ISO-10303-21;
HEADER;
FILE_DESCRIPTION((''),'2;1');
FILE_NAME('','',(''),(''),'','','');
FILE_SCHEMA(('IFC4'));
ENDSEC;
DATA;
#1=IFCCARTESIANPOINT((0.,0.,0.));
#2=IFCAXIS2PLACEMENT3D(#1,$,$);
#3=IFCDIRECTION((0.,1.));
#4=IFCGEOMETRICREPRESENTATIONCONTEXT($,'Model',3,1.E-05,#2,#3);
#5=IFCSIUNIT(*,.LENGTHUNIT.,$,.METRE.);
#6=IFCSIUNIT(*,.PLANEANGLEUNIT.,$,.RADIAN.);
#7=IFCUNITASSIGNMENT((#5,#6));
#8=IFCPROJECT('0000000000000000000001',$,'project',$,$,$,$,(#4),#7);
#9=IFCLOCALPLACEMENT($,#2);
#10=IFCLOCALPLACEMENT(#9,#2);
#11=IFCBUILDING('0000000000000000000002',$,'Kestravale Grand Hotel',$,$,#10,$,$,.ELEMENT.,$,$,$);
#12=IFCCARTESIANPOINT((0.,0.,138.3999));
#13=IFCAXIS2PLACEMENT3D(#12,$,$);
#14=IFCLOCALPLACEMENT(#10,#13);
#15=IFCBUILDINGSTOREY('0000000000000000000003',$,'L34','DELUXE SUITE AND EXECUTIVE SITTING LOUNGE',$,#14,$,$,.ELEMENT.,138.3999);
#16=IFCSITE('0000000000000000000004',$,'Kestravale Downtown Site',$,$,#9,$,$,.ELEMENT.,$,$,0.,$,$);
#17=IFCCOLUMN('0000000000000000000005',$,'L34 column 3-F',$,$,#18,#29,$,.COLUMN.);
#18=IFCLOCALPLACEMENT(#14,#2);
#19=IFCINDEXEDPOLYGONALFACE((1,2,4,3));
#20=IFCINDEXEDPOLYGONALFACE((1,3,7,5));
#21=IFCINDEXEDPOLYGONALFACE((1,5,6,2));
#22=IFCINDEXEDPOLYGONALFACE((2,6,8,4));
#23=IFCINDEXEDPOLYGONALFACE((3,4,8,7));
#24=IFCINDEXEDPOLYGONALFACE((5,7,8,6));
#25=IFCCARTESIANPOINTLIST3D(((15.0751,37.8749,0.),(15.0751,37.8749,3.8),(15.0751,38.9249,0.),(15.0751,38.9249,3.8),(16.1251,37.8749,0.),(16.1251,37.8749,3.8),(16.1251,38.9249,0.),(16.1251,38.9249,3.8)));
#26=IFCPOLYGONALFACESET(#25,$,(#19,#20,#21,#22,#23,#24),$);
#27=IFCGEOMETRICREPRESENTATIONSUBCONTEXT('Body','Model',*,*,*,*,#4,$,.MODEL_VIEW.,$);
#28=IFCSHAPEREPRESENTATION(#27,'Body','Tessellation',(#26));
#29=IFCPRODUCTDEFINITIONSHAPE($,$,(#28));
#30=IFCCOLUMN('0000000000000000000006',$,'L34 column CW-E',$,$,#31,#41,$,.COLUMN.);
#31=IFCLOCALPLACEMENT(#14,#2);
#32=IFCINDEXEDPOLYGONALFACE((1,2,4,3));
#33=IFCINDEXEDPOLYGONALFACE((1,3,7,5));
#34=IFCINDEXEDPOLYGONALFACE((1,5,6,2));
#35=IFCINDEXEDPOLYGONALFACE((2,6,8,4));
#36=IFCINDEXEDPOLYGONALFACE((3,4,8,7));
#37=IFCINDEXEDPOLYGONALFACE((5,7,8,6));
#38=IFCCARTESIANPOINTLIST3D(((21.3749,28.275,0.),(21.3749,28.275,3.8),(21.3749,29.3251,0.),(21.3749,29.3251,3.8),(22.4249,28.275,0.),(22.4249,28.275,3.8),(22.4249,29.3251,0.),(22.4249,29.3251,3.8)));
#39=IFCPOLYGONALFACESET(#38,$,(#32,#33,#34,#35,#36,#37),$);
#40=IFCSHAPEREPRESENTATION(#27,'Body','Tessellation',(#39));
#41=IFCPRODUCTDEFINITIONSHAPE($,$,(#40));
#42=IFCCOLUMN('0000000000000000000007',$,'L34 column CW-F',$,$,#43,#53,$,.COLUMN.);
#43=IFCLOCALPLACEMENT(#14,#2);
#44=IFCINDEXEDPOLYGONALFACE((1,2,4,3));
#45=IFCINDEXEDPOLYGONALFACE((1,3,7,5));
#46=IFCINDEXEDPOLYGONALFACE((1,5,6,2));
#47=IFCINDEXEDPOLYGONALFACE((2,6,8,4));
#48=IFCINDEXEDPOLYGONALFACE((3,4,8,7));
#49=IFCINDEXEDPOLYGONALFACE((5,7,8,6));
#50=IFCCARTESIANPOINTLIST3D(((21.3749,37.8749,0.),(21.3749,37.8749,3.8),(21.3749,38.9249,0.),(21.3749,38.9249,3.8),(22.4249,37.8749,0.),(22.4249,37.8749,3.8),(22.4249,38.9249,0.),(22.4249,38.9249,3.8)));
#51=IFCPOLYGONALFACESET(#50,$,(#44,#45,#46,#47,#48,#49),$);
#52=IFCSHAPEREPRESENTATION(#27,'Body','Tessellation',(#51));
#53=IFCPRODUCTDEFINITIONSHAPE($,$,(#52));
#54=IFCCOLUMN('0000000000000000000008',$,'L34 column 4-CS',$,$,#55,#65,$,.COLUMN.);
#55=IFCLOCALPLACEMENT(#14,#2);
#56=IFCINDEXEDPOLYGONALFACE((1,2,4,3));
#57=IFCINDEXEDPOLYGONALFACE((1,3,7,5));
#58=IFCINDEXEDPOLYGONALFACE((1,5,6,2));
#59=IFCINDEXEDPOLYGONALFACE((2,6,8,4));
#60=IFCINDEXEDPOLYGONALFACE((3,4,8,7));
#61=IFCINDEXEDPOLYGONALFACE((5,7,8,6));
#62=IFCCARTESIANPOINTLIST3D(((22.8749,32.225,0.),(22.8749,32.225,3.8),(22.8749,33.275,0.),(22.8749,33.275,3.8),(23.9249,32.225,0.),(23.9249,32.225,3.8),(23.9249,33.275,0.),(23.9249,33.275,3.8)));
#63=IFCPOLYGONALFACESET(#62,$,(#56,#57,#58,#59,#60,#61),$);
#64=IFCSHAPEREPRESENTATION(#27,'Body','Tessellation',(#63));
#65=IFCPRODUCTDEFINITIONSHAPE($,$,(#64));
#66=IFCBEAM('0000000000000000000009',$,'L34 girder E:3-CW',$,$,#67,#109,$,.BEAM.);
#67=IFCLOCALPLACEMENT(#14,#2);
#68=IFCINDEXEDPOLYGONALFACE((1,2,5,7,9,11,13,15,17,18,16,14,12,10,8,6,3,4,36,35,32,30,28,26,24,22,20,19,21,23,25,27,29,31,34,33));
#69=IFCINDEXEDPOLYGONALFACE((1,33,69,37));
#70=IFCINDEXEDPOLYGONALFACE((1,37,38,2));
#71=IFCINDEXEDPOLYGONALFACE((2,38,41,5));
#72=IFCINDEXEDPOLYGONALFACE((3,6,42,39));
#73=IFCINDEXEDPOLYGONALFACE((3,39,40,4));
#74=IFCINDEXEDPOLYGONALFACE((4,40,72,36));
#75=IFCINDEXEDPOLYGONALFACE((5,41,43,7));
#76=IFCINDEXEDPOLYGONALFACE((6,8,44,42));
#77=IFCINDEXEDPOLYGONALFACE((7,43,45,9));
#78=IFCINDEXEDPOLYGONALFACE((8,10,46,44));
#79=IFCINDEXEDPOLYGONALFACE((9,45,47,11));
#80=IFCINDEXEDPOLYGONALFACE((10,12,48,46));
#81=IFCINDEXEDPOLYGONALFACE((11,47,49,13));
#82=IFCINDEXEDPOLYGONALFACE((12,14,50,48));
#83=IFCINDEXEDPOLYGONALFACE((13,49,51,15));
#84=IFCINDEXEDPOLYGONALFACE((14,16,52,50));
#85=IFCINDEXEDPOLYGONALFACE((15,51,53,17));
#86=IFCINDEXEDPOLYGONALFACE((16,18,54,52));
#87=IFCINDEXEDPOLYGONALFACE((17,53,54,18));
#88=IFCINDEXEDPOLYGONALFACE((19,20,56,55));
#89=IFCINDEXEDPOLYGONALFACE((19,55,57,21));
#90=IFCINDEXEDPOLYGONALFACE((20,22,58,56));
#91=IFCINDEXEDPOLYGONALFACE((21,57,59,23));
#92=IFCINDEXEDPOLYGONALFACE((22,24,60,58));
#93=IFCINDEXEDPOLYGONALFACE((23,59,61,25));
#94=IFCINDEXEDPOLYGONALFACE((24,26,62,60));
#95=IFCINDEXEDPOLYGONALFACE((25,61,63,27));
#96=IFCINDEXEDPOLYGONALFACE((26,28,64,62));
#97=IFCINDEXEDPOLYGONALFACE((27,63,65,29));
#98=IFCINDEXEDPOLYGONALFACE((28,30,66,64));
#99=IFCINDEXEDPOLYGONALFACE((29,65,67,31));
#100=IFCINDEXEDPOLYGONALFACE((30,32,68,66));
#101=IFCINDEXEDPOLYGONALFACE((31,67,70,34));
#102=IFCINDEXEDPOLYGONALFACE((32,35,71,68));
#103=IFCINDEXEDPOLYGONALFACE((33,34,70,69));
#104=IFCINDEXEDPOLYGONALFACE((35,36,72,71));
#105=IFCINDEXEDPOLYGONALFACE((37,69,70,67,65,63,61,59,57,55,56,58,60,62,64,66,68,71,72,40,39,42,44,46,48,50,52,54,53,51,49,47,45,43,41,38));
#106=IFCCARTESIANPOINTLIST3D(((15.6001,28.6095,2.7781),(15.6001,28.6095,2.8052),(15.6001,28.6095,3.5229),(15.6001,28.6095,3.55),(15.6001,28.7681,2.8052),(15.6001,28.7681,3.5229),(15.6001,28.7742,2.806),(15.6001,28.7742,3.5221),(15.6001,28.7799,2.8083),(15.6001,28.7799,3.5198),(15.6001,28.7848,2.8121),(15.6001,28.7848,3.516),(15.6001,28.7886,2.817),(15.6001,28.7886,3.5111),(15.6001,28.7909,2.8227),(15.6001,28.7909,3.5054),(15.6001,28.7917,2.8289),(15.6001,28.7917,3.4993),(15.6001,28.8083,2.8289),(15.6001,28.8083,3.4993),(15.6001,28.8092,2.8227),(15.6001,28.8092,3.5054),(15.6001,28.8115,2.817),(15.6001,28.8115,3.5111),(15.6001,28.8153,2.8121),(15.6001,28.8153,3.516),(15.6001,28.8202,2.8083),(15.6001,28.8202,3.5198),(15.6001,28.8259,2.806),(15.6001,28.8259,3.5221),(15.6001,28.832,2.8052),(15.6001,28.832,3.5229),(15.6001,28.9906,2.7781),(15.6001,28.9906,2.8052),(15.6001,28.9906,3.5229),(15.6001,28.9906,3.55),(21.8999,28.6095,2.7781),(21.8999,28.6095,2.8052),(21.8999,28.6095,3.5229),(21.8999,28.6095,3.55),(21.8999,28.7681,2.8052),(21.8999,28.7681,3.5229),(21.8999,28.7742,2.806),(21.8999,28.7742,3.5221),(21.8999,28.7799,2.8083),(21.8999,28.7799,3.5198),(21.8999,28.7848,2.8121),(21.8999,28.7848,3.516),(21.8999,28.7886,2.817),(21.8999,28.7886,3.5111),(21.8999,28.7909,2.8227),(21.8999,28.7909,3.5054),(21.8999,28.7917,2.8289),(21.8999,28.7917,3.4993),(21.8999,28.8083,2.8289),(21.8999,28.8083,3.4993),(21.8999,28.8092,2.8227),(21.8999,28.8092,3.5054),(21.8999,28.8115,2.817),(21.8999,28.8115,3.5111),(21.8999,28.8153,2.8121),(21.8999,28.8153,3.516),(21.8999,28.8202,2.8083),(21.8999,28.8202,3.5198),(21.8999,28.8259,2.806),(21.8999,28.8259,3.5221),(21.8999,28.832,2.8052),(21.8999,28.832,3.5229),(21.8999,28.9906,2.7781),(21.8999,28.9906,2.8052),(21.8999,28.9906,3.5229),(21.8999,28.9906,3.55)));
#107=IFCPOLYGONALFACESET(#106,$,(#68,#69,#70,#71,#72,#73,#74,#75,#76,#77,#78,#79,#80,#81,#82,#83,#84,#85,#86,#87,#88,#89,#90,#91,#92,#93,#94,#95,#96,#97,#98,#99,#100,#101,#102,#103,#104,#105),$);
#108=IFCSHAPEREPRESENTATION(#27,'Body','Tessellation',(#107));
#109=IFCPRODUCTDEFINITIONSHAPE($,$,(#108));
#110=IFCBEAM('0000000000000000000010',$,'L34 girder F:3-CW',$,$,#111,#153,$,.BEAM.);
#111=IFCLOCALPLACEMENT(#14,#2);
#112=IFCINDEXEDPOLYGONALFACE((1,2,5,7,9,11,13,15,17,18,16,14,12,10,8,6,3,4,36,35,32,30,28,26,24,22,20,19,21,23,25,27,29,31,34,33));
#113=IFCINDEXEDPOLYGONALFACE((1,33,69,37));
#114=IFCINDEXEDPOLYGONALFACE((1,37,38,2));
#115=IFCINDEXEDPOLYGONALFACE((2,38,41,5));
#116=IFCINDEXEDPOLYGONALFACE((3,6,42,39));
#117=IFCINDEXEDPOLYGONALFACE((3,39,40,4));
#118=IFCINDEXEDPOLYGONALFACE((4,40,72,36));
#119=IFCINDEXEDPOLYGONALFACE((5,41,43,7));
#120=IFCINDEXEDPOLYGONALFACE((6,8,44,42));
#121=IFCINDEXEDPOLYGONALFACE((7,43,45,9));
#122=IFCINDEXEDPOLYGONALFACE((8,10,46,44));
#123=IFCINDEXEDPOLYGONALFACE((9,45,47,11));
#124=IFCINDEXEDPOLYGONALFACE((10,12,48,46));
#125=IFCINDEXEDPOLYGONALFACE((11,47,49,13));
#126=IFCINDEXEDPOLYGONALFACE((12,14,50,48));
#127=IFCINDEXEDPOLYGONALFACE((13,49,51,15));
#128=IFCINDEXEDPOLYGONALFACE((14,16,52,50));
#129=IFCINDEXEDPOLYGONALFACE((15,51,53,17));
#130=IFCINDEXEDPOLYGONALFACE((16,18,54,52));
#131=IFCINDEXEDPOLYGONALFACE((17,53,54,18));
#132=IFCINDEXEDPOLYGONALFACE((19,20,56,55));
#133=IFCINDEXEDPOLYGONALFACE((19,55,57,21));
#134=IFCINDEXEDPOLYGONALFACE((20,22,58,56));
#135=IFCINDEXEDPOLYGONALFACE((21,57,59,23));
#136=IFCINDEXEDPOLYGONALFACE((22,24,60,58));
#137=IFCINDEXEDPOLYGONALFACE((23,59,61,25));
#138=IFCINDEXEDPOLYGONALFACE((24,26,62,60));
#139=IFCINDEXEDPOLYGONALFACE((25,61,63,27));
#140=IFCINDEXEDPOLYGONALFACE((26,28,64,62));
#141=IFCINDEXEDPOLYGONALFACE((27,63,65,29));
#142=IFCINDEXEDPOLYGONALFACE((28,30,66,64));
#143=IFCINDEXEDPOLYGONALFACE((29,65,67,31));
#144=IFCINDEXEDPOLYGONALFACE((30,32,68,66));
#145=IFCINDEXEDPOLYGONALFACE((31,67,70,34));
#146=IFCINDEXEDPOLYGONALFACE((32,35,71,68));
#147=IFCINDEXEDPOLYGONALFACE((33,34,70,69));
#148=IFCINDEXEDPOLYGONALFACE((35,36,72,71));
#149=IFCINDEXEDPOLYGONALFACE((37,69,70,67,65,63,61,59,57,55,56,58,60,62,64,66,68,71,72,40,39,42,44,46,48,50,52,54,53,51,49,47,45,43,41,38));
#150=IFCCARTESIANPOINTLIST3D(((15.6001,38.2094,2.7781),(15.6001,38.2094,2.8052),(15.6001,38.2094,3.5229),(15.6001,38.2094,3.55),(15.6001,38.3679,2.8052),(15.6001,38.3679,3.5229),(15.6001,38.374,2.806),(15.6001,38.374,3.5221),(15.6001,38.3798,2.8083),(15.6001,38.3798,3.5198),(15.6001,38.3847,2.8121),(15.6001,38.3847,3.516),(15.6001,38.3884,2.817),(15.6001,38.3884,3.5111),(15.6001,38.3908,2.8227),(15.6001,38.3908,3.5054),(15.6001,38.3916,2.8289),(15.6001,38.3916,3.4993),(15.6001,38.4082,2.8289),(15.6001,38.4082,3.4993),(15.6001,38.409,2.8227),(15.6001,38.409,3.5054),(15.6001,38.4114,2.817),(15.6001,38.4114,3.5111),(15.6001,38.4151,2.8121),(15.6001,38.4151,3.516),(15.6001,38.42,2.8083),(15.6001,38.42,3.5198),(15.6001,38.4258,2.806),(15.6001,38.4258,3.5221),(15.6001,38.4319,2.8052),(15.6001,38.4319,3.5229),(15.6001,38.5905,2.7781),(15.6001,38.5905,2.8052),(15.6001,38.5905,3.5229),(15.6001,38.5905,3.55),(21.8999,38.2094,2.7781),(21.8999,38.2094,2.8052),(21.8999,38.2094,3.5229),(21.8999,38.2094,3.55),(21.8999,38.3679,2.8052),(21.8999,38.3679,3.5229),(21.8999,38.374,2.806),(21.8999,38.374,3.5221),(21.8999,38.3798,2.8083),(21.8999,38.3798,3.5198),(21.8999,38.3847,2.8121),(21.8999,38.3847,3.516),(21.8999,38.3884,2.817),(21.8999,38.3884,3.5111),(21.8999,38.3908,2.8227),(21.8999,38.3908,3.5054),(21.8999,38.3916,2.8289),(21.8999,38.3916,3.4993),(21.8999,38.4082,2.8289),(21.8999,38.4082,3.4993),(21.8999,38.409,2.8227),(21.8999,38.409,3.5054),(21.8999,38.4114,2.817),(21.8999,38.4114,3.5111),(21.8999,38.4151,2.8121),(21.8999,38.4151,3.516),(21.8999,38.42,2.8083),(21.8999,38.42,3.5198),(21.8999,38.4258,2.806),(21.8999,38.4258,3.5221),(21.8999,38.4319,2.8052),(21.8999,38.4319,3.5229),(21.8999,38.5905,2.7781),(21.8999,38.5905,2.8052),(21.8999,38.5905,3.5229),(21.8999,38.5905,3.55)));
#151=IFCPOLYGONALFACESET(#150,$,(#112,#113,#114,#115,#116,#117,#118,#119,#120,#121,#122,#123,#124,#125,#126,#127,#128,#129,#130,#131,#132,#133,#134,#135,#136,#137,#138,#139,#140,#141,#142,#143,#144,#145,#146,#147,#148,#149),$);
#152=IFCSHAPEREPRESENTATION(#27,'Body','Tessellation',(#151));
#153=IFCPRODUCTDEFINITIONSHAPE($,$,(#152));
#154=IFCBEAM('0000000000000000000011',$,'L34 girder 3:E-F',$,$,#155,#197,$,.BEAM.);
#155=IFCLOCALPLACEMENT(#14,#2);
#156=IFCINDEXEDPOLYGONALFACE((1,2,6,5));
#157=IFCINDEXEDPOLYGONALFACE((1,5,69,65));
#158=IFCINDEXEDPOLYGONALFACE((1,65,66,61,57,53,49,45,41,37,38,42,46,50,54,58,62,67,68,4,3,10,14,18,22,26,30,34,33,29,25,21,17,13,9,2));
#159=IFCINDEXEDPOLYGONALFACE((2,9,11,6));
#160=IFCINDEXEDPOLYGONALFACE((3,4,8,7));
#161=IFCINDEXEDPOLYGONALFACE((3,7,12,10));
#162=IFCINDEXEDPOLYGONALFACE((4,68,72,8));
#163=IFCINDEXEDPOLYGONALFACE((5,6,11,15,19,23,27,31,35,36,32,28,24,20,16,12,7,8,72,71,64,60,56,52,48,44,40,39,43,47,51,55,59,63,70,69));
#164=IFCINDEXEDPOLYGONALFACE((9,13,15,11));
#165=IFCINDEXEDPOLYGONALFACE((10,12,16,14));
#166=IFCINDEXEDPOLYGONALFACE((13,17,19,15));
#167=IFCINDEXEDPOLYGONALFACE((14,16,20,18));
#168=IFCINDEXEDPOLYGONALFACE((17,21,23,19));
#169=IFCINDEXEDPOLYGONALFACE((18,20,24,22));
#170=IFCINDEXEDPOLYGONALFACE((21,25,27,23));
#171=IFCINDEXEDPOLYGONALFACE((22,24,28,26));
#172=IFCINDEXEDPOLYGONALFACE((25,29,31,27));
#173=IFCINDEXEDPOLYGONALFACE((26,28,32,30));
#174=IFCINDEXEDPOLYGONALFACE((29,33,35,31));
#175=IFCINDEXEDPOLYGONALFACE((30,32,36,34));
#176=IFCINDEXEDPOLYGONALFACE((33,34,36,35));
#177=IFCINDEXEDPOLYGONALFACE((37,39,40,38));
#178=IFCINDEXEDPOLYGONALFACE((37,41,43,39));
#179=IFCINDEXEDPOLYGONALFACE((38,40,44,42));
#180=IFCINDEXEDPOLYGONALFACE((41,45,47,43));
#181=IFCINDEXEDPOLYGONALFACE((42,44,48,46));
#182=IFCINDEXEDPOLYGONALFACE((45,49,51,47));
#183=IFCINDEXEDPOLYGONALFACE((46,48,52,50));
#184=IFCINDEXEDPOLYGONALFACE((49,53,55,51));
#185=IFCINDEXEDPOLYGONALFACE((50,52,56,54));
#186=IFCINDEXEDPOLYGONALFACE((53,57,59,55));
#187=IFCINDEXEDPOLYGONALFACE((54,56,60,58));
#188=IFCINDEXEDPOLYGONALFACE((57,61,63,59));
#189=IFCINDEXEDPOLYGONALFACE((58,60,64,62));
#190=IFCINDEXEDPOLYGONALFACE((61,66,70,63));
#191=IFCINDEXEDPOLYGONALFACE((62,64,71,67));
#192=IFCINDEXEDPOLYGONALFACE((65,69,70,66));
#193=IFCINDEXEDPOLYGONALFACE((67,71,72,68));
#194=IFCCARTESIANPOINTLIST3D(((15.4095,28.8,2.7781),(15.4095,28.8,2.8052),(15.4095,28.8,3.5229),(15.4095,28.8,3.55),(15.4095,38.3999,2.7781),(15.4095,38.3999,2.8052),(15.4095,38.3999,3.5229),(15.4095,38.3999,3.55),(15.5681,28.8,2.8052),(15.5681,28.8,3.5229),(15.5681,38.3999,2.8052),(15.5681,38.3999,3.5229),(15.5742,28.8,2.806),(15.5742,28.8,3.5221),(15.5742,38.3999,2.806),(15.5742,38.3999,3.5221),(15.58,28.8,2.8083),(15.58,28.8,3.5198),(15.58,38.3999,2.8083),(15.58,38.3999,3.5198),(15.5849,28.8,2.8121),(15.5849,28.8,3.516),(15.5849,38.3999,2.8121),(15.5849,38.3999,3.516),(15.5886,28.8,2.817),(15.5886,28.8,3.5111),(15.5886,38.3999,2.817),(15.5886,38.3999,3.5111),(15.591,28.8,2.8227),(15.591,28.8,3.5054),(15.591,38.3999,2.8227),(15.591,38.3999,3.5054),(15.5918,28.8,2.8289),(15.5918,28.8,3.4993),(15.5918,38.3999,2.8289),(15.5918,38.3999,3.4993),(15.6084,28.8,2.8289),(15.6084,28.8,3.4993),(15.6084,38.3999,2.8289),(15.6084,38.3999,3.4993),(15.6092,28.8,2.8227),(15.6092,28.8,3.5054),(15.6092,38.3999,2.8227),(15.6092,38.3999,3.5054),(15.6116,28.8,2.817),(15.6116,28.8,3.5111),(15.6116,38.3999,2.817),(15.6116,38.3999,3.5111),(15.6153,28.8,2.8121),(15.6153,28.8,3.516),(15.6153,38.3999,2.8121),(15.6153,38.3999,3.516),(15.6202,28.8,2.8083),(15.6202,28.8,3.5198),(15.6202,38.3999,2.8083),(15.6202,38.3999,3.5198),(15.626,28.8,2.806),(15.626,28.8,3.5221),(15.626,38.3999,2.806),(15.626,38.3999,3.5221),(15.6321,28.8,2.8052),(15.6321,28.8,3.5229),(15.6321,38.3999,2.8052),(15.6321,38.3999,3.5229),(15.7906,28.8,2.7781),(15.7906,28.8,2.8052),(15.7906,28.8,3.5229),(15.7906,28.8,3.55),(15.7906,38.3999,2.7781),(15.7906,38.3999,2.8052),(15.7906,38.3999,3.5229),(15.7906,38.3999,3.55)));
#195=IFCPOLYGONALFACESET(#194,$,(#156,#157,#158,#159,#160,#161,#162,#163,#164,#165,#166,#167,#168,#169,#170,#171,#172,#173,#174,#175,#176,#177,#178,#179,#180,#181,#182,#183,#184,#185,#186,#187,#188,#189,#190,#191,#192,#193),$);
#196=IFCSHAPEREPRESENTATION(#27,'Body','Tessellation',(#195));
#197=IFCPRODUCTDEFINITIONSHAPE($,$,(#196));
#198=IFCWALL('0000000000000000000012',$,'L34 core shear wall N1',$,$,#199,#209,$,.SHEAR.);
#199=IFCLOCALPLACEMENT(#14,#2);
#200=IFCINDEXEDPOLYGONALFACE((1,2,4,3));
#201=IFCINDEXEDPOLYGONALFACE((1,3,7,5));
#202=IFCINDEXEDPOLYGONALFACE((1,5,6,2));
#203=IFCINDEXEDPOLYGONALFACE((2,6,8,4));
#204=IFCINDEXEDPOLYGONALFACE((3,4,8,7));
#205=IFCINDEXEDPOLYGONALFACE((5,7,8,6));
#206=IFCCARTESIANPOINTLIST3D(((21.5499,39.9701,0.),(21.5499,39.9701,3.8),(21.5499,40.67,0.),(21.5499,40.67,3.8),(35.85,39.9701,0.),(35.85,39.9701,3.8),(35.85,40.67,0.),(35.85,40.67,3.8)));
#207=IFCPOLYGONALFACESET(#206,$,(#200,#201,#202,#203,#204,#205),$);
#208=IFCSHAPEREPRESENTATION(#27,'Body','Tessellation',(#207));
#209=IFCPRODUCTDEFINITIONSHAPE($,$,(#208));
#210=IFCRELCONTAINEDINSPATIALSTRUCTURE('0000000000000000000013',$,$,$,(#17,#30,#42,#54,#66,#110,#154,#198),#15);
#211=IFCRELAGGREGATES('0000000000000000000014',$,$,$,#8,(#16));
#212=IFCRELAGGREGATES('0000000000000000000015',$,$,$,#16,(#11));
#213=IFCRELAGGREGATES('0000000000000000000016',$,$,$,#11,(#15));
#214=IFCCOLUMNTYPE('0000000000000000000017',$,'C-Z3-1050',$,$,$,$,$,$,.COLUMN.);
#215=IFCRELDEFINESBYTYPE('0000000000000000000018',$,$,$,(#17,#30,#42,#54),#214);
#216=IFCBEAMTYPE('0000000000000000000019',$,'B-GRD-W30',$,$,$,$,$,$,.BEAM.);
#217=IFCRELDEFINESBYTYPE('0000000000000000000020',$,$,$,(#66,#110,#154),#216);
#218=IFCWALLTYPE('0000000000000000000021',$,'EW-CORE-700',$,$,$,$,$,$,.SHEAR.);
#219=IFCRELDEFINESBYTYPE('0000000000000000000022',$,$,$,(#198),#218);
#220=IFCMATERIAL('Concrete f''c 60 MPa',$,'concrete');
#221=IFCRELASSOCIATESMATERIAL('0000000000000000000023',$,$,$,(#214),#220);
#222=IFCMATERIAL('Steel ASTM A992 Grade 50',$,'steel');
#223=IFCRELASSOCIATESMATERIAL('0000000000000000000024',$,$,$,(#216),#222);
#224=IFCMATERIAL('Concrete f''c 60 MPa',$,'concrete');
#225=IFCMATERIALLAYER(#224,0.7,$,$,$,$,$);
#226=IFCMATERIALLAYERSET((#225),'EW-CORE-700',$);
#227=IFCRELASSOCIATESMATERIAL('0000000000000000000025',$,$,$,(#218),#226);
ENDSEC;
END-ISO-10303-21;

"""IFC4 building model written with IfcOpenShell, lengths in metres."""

from ifc_helpers import new_model, si_unit, direction, frame, frame_2d, origin, origin_2d, place, context, subcontext, project, spatial, rectangle, i_section, extrude, material, layer, layer_set, material_profile, profile_set, type_object, element, save


model = new_model("IFC4")

# Units and contexts
model_context = context("Model", 3, precision=1e-05, world=origin(), true_north=direction((0.0, 1.0)))
body_context = subcontext(model_context, "Body", "Model", "MODEL_VIEW")
ifc_project = project(units=[si_unit("LENGTHUNIT", "METRE"), si_unit("PLANEANGLEUNIT", "RADIAN")], contexts=[model_context])

# Site, building, storey
site_placement = place(None, origin())
site = spatial("IfcSite", under=ifc_project, at=site_placement, Name="Kestravale Downtown Site", CompositionType="ELEMENT", RefElevation=0.0)
building_placement = place(site_placement, origin())
building = spatial("IfcBuilding", under=site, at=building_placement, Name="Kestravale Grand Hotel", CompositionType="ELEMENT")
storey_placement = place(building_placement, frame((0.0, 0.0, 138.3999)))
storey = spatial("IfcBuildingStorey", under=building, at=storey_placement, Name="L34", Description="DELUXE SUITE AND EXECUTIVE SITTING LOUNGE", CompositionType="ELEMENT", Elevation=138.3999)

# Columns
ifc_material_1 = material(Name="Concrete f'c 60 MPa", Category="concrete")
ifc_material_profile_1 = material_profile(ifc_material_1, rectangle(XDim=1.05, YDim=1.05, at=origin_2d()))
ifc_profile_set_1 = profile_set([ifc_material_profile_1], Name="Concrete f'c 60 MPa")
column_type = type_object("IfcColumnType", Name="C-Z3-1050", PredefinedType="COLUMN", material=ifc_profile_set_1)
for number, where, z_axis, x_axis, name in (
    (1, (15.6001, 38.3999, 0.0), (0.0, 0.0, 1.0), (1.0, 0.0, 0.0), "L34 column 3-F"),
    (2, (21.8999, 28.8, 0.0), (0.0, 0.0, 1.0), (1.0, 0.0, 0.0), "L34 column CW-E"),
    (3, (21.8999, 38.3999, 0.0), (0.0, 0.0, 1.0), (1.0, 0.0, 0.0), "L34 column CW-F"),
    (4, (23.3999, 32.75, 0.0), (0.0, 0.0, 1.0), (1.0, 0.0, 0.0), "L34 column 4-CS"),
):
    element("IfcColumn", number, at=place(storey_placement, frame(where, z_axis=z_axis, x_axis=x_axis)), inside=storey, type_object=column_type, Name=name, PredefinedType="COLUMN", context=body_context, shape_type="SweptSolid", body=[
        extrude(rectangle(XDim=1.05, YDim=1.05, at=origin_2d()), origin(), (0.0, 0.0, 1.0), 3.8),
    ])

# Beams
ifc_material_2 = material(Name="Steel ASTM A992 Grade 50", Category="steel")
ifc_material_profile_2 = material_profile(ifc_material_2, i_section(OverallWidth=0.3811, OverallDepth=0.772, WebThickness=0.0166, FlangeThickness=0.0271, FilletRadius=0.0237, at=origin_2d()))
ifc_profile_set_2 = profile_set([ifc_material_profile_2], Name="Steel ASTM A992 Grade 50")
beam_type = type_object("IfcBeamType", Name="B-GRD-W30", PredefinedType="BEAM", material=ifc_profile_set_2)
for number, where, z_axis, x_axis, name in (
    (5, (15.6001, 28.8, 3.1641), (1.0, 0.0, 0.0), (0.0, 1.0, 0.0), "L34 girder E:3-CW"),
    (6, (15.6001, 38.3999, 3.1641), (1.0, 0.0, 0.0), (0.0, 1.0, 0.0), "L34 girder F:3-CW"),
):
    element("IfcBeam", number, at=place(storey_placement, frame(where, z_axis=z_axis, x_axis=x_axis)), inside=storey, type_object=beam_type, Name=name, PredefinedType="BEAM", context=body_context, shape_type="SweptSolid", body=[
        extrude(i_section(OverallWidth=0.3811, OverallDepth=0.772, WebThickness=0.0166, FlangeThickness=0.0271, FilletRadius=0.0237, at=origin_2d()), origin(), (0.0, 0.0, 1.0), 6.2998),
    ])
beam_placement = place(storey_placement, frame((15.6001, 28.8, 3.1641), z_axis=(0.0, 1.0, 0.0), x_axis=(-1.0, 0.0, 0.0)))
element("IfcBeam", 7, at=beam_placement, inside=storey, type_object=beam_type, Name="L34 girder 3:E-F", PredefinedType="BEAM", context=body_context, shape_type="SweptSolid", body=[
    extrude(i_section(OverallWidth=0.3811, OverallDepth=0.772, WebThickness=0.0166, FlangeThickness=0.0271, FilletRadius=0.0237, at=origin_2d()), origin(), (0.0, 0.0, 1.0), 9.5999),
])

# Wall
ifc_material_3 = material(Name="Concrete f'c 60 MPa", Category="concrete")
ifc_layer_1 = layer(ifc_material_3, 0.7)
ifc_layer_set_1 = layer_set([ifc_layer_1], Name="EW-CORE-700")
wall_type_1 = type_object("IfcWallType", Name="EW-CORE-700", PredefinedType="SHEAR", material=ifc_layer_set_1)
wall_1_placement = place(storey_placement, frame((21.55, 40.3201, 0.0), z_axis=(0.0, 0.0, 1.0), x_axis=(1.0, 0.0, 0.0)))
element("IfcWall", 8, at=wall_1_placement, inside=storey, type_object=wall_type_1, Name="L34 core shear wall N1", PredefinedType="SHEAR", context=body_context, shape_type="SweptSolid", body=[
    extrude(rectangle(XDim=14.3, YDim=0.7, at=frame_2d((7.1499, 0.0))), origin(), (0.0, 0.0, 1.0), 3.8),
])

save(model, "model.ifc")
